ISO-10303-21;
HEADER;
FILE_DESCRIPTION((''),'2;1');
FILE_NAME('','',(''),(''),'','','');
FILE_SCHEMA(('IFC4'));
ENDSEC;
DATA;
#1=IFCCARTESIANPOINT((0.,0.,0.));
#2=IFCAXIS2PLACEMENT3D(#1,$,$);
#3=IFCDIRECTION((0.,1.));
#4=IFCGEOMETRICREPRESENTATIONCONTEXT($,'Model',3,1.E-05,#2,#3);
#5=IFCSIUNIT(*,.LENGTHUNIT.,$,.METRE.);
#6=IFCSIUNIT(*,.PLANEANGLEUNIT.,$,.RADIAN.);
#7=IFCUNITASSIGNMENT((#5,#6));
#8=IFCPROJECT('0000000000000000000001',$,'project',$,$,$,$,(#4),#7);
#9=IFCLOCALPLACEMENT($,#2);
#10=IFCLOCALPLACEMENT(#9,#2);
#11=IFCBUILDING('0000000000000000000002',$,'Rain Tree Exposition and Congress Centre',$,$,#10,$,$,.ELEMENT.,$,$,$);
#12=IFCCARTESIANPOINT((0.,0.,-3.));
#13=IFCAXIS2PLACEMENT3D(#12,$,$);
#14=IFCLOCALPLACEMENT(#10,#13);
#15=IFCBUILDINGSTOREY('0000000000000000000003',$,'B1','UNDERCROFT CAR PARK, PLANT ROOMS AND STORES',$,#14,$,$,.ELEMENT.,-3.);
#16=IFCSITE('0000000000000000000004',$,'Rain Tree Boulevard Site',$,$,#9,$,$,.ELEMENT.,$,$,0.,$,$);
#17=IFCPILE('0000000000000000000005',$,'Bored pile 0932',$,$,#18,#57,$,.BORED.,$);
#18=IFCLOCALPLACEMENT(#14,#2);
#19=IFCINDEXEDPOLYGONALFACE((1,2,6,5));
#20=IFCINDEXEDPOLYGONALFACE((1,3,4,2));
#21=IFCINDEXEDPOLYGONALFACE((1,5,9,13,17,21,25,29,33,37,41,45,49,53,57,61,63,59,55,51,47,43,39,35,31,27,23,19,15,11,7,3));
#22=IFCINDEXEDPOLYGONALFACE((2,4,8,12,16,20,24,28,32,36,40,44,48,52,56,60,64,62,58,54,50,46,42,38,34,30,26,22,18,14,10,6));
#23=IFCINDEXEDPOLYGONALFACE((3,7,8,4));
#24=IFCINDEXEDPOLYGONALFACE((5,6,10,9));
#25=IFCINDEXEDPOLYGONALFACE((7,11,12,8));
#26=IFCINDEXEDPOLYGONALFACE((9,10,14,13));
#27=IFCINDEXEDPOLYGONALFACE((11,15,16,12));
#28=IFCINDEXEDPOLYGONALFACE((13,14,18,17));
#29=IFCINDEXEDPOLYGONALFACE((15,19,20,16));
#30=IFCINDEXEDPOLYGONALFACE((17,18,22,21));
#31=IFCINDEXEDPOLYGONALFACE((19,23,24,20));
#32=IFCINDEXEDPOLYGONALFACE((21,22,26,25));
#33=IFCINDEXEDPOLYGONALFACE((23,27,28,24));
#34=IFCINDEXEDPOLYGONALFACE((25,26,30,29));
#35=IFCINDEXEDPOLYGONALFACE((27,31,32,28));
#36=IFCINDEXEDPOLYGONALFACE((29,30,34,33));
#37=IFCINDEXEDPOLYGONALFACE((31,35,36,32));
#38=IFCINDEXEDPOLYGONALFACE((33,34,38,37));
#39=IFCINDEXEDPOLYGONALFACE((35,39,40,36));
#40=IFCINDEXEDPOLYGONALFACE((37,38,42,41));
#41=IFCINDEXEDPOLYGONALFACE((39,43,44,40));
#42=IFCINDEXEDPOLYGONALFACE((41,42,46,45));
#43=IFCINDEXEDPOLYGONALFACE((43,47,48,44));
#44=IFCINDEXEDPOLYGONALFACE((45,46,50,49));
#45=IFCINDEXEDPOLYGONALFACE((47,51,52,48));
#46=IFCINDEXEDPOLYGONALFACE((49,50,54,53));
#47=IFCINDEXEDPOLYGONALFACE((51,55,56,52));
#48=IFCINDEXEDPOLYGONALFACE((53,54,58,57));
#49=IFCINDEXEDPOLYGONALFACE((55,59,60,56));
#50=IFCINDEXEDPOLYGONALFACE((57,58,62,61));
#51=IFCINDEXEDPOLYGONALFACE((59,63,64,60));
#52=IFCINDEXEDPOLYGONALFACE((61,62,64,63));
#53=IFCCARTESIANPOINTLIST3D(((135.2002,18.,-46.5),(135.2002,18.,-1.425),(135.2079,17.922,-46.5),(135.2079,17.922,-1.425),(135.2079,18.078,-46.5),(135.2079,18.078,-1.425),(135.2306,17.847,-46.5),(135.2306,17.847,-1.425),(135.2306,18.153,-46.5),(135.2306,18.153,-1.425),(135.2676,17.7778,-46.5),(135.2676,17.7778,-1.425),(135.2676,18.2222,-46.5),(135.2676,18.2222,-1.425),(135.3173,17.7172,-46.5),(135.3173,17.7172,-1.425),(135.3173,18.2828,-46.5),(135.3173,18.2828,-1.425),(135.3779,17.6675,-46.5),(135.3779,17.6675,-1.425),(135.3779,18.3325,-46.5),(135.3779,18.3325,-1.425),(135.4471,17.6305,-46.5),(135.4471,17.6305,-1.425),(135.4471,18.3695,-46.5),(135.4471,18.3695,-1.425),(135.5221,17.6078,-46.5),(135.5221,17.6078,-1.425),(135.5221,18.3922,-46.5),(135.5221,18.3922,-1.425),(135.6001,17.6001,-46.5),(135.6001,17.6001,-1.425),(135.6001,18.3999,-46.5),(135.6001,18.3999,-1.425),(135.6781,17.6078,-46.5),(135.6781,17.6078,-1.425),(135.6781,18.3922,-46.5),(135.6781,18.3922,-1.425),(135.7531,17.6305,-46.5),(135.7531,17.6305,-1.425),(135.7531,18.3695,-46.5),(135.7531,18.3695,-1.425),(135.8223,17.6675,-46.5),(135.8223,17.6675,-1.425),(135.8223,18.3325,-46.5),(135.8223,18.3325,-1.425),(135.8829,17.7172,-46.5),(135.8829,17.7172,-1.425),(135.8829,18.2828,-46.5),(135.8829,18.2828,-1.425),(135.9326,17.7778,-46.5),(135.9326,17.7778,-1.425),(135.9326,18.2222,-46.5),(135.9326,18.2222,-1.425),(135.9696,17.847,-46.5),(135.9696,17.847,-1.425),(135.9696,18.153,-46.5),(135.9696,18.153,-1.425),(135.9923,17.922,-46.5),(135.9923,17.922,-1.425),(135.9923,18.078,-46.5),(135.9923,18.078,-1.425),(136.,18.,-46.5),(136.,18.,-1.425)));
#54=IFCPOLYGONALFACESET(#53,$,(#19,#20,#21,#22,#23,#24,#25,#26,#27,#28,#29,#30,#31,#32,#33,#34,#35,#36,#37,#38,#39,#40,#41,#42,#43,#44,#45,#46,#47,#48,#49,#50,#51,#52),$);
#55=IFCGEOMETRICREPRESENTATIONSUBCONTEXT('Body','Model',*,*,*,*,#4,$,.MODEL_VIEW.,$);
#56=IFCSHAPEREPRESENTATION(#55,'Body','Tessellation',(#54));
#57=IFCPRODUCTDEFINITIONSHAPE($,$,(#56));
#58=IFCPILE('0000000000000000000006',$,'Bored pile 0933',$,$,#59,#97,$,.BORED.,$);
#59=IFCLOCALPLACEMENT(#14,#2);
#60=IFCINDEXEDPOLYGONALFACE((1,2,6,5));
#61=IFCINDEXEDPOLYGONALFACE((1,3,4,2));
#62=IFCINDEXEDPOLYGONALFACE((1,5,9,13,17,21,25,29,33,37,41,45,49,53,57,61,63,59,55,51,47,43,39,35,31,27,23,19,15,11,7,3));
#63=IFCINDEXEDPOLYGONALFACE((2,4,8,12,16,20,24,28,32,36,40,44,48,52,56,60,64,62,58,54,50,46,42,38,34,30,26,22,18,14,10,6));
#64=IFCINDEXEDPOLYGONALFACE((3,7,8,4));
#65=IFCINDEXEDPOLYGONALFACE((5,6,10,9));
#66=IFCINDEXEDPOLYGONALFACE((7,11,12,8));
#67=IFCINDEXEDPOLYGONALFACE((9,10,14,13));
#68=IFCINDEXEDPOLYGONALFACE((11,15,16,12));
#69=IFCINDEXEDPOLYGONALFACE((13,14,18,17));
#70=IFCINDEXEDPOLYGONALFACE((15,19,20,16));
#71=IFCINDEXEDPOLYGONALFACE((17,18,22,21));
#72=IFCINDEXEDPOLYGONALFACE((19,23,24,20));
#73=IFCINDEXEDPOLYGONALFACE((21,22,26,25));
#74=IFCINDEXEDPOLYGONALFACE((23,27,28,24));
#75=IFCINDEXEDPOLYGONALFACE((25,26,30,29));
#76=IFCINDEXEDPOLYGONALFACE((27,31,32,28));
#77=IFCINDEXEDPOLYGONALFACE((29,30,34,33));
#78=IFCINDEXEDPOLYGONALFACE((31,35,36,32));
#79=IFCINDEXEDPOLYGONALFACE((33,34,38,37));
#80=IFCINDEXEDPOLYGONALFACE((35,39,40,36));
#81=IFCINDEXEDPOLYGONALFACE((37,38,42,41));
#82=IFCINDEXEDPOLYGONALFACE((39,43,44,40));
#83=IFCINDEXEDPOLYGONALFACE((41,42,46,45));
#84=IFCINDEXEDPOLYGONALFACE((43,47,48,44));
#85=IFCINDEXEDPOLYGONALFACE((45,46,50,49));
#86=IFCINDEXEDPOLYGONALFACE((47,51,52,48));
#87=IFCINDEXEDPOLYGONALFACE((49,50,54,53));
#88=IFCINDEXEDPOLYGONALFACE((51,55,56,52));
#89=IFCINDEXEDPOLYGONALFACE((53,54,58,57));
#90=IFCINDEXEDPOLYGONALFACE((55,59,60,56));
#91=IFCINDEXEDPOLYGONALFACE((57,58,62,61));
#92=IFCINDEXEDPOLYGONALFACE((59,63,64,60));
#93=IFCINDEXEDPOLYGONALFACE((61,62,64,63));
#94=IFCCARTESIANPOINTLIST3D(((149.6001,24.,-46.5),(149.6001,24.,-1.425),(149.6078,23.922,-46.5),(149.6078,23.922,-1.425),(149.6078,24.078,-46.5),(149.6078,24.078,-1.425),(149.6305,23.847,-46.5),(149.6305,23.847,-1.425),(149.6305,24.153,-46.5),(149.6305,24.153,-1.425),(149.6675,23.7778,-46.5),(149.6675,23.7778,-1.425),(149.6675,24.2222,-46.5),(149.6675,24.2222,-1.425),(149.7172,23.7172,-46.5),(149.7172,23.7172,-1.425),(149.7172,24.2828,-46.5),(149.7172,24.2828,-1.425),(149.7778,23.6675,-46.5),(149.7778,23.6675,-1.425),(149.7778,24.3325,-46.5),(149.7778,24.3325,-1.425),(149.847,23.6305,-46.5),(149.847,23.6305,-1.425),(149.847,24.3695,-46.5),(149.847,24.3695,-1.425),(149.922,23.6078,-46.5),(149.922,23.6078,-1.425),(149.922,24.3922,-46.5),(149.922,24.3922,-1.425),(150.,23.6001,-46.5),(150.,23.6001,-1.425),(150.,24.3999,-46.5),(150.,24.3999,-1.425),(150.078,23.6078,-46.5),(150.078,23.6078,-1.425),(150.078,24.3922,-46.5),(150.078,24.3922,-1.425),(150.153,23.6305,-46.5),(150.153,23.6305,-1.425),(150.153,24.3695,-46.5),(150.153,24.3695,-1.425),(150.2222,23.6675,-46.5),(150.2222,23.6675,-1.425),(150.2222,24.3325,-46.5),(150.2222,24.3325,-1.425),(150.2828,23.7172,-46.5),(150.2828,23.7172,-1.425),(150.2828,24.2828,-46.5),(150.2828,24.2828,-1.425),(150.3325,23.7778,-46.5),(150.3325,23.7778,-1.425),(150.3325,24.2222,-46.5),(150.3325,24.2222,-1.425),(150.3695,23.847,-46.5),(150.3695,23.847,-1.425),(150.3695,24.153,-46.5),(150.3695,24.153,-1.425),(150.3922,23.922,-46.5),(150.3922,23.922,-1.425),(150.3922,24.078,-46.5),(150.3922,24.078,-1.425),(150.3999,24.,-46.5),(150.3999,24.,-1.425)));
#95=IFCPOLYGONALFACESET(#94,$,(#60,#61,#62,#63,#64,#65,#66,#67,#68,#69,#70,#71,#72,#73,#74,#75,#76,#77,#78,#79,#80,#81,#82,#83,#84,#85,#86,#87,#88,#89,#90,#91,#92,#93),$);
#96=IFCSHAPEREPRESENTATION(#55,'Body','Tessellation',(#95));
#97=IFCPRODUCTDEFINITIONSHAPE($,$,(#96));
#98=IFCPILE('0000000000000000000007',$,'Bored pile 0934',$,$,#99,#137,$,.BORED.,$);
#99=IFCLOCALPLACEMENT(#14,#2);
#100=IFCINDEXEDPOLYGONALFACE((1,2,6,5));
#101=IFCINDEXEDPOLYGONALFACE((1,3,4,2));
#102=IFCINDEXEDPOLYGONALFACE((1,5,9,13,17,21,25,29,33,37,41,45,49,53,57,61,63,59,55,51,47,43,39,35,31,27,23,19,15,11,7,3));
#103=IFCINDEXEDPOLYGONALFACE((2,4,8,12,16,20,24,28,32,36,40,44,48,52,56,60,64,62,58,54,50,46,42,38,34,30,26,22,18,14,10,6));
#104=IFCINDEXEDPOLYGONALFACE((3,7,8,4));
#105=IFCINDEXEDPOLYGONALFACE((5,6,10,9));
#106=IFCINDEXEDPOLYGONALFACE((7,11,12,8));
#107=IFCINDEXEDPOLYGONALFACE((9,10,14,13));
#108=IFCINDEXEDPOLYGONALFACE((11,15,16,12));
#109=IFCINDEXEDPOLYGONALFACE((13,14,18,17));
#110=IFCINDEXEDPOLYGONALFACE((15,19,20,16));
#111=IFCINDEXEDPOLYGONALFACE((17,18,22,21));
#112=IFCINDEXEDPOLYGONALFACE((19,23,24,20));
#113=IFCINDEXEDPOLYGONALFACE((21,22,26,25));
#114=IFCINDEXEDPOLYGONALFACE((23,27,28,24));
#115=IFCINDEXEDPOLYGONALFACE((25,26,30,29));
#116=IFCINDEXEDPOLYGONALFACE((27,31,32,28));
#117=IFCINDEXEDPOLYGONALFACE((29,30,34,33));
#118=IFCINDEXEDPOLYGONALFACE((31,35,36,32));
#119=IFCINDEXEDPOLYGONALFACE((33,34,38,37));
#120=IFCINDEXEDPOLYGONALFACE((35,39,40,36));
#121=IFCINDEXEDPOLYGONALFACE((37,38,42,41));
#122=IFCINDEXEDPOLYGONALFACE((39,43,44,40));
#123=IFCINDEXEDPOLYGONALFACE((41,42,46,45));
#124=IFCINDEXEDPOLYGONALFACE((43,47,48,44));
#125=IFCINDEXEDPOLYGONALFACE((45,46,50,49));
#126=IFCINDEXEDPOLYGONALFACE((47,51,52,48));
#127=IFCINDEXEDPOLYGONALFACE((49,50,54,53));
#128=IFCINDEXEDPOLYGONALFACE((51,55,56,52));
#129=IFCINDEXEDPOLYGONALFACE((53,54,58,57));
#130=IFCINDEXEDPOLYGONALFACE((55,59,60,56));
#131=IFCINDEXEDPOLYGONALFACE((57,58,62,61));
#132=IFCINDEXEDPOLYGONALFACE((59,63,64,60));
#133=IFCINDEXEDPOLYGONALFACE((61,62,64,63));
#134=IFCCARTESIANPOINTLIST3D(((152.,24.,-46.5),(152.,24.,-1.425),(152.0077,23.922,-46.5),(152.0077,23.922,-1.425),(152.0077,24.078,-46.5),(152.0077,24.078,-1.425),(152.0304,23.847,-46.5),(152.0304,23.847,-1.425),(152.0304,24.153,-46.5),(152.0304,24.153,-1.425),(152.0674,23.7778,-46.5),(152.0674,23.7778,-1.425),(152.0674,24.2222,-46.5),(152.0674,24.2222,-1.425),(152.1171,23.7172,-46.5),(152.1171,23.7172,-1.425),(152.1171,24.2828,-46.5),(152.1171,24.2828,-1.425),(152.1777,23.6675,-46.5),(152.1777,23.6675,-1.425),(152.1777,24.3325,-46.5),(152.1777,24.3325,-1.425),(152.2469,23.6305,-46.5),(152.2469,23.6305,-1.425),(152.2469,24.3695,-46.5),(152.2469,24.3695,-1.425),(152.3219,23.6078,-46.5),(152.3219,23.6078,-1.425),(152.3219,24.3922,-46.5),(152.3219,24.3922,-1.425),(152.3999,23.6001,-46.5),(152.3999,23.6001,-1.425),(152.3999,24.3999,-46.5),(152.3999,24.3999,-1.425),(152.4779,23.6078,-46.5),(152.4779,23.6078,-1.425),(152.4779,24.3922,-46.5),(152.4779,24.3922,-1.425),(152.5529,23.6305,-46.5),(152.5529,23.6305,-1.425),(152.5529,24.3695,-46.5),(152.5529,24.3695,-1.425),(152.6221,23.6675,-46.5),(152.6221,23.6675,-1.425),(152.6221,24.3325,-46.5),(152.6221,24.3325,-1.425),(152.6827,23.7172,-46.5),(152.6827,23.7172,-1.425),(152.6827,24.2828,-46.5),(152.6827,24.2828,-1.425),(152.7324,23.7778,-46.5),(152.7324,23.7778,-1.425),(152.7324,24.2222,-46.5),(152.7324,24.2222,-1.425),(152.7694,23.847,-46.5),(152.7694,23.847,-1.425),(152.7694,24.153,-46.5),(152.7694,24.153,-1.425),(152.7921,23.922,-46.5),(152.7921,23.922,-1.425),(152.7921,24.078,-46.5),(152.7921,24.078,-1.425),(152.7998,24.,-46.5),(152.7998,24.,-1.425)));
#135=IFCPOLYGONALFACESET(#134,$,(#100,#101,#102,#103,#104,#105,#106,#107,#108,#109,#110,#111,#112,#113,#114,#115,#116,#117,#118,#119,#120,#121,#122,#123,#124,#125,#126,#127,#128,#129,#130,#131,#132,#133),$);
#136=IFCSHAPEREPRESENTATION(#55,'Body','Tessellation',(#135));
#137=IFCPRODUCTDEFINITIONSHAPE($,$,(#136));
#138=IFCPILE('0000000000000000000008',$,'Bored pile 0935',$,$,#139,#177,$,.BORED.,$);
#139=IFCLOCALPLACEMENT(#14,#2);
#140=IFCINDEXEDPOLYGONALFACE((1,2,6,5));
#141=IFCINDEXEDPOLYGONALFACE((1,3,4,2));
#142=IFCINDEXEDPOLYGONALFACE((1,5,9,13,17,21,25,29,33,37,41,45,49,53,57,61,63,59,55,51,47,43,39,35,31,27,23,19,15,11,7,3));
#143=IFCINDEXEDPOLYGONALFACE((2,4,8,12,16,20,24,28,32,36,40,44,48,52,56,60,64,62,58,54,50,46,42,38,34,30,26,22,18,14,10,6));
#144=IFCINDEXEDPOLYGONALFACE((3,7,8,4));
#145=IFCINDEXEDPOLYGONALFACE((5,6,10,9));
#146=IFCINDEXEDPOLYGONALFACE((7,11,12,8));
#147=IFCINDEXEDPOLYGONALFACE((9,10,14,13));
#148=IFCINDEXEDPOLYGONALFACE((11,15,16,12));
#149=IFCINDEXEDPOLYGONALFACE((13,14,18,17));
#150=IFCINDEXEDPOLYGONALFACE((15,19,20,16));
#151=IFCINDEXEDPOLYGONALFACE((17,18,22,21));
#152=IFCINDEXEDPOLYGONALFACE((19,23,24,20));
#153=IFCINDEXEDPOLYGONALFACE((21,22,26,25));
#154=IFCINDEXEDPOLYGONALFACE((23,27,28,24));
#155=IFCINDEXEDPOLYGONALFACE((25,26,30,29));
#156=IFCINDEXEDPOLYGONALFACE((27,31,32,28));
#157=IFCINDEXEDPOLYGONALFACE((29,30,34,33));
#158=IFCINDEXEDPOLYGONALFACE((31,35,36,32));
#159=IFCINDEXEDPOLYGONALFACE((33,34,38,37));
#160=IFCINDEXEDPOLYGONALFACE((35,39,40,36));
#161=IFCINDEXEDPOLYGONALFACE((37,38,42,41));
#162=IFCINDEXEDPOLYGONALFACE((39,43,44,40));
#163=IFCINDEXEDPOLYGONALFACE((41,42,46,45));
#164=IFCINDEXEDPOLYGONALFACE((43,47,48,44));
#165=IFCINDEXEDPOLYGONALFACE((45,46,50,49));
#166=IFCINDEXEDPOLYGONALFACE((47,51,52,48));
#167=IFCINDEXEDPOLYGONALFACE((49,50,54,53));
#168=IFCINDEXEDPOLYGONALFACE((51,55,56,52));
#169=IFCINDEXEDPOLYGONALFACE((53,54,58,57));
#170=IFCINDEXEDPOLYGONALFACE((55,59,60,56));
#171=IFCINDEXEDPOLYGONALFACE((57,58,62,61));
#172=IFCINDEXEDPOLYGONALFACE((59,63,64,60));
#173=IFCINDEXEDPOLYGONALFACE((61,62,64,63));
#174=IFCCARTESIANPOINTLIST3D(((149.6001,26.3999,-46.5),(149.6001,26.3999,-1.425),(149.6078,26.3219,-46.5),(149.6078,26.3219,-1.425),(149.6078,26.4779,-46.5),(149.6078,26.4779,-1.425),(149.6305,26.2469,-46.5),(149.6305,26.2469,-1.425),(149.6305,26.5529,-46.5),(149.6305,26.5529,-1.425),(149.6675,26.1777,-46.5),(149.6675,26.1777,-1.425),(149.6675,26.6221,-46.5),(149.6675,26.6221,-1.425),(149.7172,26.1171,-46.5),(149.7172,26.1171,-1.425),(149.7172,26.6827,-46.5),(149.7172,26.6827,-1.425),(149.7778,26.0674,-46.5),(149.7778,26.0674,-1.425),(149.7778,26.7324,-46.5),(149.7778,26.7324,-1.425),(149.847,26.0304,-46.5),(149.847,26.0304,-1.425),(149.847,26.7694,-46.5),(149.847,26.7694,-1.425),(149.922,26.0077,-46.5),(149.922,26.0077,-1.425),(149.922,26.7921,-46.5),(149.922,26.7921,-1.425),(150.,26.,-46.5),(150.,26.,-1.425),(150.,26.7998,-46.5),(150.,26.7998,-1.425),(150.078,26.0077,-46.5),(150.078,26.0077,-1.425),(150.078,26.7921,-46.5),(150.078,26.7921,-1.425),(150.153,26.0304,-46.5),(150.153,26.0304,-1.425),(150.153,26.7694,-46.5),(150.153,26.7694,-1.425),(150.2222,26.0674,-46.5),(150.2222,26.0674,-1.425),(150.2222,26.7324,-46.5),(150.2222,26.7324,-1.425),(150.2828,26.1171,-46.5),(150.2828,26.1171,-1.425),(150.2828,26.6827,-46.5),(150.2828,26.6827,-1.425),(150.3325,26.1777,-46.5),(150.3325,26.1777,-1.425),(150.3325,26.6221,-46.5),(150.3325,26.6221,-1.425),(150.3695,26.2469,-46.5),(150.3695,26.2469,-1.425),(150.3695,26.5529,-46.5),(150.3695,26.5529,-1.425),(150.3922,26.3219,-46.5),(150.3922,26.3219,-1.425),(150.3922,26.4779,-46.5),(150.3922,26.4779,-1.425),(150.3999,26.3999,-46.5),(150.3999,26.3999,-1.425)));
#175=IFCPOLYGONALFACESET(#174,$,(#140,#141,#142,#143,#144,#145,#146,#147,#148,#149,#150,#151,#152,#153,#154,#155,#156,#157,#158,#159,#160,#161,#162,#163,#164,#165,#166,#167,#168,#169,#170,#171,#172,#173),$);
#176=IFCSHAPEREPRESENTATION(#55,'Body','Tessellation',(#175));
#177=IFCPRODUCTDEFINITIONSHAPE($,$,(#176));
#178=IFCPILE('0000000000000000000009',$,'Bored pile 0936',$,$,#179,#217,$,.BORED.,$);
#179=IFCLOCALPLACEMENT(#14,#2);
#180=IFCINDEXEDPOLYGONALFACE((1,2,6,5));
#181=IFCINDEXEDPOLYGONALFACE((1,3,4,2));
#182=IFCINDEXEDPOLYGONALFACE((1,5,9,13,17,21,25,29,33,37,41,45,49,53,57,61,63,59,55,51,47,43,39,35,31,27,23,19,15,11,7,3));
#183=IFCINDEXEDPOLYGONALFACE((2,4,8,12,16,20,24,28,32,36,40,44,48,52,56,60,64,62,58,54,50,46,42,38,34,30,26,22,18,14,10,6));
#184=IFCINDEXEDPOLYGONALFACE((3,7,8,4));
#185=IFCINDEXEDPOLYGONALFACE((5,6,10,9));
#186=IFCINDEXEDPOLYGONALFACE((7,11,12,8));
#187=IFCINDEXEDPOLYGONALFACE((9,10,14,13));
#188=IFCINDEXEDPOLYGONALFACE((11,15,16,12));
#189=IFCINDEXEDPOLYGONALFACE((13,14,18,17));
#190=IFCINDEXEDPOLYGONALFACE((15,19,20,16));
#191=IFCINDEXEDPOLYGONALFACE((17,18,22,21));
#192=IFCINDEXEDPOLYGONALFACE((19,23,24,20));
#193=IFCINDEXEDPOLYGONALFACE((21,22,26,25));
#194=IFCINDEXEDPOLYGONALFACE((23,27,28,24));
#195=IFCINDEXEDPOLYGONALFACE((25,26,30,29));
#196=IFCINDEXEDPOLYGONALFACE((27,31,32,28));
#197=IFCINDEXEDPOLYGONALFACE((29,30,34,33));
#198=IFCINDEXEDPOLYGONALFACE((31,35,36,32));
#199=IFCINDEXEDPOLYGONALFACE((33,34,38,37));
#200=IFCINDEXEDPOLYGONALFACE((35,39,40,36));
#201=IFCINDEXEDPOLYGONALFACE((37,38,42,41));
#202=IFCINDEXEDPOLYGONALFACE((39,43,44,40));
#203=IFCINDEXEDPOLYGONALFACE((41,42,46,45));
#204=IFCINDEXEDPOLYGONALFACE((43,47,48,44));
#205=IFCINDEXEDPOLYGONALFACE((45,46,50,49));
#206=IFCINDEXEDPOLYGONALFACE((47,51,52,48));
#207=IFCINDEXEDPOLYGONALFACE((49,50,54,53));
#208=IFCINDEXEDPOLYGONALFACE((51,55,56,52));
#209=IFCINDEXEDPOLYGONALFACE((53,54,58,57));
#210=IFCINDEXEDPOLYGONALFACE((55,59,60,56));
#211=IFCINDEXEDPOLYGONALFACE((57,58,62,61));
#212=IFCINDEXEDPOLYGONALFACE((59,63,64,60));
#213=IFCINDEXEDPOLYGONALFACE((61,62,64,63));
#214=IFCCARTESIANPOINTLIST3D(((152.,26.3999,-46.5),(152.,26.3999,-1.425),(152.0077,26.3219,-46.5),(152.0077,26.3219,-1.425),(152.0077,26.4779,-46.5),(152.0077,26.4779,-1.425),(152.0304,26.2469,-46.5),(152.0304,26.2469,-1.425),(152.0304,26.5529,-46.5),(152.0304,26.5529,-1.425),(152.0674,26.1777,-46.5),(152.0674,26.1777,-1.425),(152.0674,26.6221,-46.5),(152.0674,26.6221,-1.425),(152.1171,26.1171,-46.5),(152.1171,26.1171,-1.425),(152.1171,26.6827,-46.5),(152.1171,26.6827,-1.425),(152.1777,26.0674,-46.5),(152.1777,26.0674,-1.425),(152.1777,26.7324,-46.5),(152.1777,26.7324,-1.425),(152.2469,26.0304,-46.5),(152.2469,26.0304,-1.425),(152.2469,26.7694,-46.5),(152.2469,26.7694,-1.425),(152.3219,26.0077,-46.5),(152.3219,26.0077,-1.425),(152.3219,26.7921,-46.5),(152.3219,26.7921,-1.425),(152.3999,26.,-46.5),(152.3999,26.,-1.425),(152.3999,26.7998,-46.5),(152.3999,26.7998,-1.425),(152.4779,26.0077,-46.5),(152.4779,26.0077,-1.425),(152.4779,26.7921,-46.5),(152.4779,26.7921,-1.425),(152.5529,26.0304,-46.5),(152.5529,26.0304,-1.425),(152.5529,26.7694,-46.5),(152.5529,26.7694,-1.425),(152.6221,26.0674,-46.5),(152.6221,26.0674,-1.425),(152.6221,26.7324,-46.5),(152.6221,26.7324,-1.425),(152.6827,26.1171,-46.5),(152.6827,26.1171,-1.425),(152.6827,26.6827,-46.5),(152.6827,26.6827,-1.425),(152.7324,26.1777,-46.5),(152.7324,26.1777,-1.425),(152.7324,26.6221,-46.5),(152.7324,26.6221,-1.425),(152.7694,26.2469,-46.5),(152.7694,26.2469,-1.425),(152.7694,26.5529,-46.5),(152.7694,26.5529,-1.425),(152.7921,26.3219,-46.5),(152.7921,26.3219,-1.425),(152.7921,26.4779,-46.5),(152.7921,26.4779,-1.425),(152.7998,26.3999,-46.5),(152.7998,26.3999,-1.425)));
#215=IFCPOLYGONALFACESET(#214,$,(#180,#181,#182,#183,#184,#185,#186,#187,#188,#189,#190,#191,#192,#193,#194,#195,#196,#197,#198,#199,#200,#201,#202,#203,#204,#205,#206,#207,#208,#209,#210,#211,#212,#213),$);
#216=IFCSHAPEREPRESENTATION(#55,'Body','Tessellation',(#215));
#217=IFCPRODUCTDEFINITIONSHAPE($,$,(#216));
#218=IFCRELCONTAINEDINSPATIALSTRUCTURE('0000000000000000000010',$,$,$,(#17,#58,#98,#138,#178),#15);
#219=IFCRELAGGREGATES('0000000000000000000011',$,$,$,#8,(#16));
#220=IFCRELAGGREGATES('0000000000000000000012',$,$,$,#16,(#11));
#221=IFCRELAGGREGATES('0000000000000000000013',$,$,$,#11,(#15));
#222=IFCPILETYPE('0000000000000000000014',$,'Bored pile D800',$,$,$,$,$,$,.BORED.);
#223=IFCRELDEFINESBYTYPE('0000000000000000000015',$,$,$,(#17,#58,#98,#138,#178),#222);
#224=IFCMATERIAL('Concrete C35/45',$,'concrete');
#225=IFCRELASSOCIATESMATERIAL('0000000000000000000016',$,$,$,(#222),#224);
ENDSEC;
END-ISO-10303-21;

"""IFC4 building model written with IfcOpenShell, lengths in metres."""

from ifc_helpers import new_model, si_unit, direction, frame, origin, origin_2d, place, context, subcontext, project, spatial, circle, extrude, material, material_profile, profile_set, type_object, element, save


model = new_model("IFC4")

# Units and contexts
model_context = context("Model", 3, precision=1e-05, world=origin(), true_north=direction((0.0, 1.0)))
body_context = subcontext(model_context, "Body", "Model", "MODEL_VIEW")
ifc_project = project(units=[si_unit("LENGTHUNIT", "METRE"), si_unit("PLANEANGLEUNIT", "RADIAN")], contexts=[model_context])

# Site, building, storey
site_placement = place(None, origin())
site = spatial("IfcSite", under=ifc_project, at=site_placement, Name="Rain Tree Boulevard Site", CompositionType="ELEMENT", RefElevation=0.0)
building_placement = place(site_placement, origin())
building = spatial("IfcBuilding", under=site, at=building_placement, Name="Rain Tree Exposition and Congress Centre", CompositionType="ELEMENT")
storey_placement = place(building_placement, frame((0.0, 0.0, -3.0)))
storey = spatial("IfcBuildingStorey", under=building, at=storey_placement, Name="B1", Description="UNDERCROFT CAR PARK, PLANT ROOMS AND STORES", CompositionType="ELEMENT", Elevation=-3.0)

# Piles
ifc_material_1 = material(Name="Concrete C35/45", Category="concrete")
ifc_material_profile_1 = material_profile(ifc_material_1, circle(Radius=0.3999, at=origin_2d()), Name="D800")
ifc_profile_set_1 = profile_set([ifc_material_profile_1], Name="Concrete C35/45")
pile_type_1 = type_object("IfcPileType", Name="Bored pile D800", PredefinedType="BORED", material=ifc_profile_set_1)
for number, where, z_axis, x_axis, name in (
    (1, (135.6001, 18.0, -1.425), (0.0, 0.0, -1.0), (1.0, 0.0, 0.0), "Bored pile 0932"),
    (2, (150.0, 24.0, -1.425), (0.0, 0.0, -1.0), (1.0, 0.0, 0.0), "Bored pile 0933"),
    (3, (152.3999, 24.0, -1.425), (0.0, 0.0, -1.0), (1.0, 0.0, 0.0), "Bored pile 0934"),
    (4, (150.0, 26.3999, -1.425), (0.0, 0.0, -1.0), (1.0, 0.0, 0.0), "Bored pile 0935"),
    (5, (152.3999, 26.3999, -1.425), (0.0, 0.0, -1.0), (1.0, 0.0, 0.0), "Bored pile 0936"),
):
    element("IfcPile", number, at=place(storey_placement, frame(where, z_axis=z_axis, x_axis=x_axis)), inside=storey, type_object=pile_type_1, Name=name, PredefinedType="BORED", context=body_context, shape_type="SweptSolid", body=[
        extrude(circle(Radius=0.3999, at=origin_2d()), origin(), (0.0, 0.0, 1.0), 45.075),
    ])

save(model, "model.ifc")
